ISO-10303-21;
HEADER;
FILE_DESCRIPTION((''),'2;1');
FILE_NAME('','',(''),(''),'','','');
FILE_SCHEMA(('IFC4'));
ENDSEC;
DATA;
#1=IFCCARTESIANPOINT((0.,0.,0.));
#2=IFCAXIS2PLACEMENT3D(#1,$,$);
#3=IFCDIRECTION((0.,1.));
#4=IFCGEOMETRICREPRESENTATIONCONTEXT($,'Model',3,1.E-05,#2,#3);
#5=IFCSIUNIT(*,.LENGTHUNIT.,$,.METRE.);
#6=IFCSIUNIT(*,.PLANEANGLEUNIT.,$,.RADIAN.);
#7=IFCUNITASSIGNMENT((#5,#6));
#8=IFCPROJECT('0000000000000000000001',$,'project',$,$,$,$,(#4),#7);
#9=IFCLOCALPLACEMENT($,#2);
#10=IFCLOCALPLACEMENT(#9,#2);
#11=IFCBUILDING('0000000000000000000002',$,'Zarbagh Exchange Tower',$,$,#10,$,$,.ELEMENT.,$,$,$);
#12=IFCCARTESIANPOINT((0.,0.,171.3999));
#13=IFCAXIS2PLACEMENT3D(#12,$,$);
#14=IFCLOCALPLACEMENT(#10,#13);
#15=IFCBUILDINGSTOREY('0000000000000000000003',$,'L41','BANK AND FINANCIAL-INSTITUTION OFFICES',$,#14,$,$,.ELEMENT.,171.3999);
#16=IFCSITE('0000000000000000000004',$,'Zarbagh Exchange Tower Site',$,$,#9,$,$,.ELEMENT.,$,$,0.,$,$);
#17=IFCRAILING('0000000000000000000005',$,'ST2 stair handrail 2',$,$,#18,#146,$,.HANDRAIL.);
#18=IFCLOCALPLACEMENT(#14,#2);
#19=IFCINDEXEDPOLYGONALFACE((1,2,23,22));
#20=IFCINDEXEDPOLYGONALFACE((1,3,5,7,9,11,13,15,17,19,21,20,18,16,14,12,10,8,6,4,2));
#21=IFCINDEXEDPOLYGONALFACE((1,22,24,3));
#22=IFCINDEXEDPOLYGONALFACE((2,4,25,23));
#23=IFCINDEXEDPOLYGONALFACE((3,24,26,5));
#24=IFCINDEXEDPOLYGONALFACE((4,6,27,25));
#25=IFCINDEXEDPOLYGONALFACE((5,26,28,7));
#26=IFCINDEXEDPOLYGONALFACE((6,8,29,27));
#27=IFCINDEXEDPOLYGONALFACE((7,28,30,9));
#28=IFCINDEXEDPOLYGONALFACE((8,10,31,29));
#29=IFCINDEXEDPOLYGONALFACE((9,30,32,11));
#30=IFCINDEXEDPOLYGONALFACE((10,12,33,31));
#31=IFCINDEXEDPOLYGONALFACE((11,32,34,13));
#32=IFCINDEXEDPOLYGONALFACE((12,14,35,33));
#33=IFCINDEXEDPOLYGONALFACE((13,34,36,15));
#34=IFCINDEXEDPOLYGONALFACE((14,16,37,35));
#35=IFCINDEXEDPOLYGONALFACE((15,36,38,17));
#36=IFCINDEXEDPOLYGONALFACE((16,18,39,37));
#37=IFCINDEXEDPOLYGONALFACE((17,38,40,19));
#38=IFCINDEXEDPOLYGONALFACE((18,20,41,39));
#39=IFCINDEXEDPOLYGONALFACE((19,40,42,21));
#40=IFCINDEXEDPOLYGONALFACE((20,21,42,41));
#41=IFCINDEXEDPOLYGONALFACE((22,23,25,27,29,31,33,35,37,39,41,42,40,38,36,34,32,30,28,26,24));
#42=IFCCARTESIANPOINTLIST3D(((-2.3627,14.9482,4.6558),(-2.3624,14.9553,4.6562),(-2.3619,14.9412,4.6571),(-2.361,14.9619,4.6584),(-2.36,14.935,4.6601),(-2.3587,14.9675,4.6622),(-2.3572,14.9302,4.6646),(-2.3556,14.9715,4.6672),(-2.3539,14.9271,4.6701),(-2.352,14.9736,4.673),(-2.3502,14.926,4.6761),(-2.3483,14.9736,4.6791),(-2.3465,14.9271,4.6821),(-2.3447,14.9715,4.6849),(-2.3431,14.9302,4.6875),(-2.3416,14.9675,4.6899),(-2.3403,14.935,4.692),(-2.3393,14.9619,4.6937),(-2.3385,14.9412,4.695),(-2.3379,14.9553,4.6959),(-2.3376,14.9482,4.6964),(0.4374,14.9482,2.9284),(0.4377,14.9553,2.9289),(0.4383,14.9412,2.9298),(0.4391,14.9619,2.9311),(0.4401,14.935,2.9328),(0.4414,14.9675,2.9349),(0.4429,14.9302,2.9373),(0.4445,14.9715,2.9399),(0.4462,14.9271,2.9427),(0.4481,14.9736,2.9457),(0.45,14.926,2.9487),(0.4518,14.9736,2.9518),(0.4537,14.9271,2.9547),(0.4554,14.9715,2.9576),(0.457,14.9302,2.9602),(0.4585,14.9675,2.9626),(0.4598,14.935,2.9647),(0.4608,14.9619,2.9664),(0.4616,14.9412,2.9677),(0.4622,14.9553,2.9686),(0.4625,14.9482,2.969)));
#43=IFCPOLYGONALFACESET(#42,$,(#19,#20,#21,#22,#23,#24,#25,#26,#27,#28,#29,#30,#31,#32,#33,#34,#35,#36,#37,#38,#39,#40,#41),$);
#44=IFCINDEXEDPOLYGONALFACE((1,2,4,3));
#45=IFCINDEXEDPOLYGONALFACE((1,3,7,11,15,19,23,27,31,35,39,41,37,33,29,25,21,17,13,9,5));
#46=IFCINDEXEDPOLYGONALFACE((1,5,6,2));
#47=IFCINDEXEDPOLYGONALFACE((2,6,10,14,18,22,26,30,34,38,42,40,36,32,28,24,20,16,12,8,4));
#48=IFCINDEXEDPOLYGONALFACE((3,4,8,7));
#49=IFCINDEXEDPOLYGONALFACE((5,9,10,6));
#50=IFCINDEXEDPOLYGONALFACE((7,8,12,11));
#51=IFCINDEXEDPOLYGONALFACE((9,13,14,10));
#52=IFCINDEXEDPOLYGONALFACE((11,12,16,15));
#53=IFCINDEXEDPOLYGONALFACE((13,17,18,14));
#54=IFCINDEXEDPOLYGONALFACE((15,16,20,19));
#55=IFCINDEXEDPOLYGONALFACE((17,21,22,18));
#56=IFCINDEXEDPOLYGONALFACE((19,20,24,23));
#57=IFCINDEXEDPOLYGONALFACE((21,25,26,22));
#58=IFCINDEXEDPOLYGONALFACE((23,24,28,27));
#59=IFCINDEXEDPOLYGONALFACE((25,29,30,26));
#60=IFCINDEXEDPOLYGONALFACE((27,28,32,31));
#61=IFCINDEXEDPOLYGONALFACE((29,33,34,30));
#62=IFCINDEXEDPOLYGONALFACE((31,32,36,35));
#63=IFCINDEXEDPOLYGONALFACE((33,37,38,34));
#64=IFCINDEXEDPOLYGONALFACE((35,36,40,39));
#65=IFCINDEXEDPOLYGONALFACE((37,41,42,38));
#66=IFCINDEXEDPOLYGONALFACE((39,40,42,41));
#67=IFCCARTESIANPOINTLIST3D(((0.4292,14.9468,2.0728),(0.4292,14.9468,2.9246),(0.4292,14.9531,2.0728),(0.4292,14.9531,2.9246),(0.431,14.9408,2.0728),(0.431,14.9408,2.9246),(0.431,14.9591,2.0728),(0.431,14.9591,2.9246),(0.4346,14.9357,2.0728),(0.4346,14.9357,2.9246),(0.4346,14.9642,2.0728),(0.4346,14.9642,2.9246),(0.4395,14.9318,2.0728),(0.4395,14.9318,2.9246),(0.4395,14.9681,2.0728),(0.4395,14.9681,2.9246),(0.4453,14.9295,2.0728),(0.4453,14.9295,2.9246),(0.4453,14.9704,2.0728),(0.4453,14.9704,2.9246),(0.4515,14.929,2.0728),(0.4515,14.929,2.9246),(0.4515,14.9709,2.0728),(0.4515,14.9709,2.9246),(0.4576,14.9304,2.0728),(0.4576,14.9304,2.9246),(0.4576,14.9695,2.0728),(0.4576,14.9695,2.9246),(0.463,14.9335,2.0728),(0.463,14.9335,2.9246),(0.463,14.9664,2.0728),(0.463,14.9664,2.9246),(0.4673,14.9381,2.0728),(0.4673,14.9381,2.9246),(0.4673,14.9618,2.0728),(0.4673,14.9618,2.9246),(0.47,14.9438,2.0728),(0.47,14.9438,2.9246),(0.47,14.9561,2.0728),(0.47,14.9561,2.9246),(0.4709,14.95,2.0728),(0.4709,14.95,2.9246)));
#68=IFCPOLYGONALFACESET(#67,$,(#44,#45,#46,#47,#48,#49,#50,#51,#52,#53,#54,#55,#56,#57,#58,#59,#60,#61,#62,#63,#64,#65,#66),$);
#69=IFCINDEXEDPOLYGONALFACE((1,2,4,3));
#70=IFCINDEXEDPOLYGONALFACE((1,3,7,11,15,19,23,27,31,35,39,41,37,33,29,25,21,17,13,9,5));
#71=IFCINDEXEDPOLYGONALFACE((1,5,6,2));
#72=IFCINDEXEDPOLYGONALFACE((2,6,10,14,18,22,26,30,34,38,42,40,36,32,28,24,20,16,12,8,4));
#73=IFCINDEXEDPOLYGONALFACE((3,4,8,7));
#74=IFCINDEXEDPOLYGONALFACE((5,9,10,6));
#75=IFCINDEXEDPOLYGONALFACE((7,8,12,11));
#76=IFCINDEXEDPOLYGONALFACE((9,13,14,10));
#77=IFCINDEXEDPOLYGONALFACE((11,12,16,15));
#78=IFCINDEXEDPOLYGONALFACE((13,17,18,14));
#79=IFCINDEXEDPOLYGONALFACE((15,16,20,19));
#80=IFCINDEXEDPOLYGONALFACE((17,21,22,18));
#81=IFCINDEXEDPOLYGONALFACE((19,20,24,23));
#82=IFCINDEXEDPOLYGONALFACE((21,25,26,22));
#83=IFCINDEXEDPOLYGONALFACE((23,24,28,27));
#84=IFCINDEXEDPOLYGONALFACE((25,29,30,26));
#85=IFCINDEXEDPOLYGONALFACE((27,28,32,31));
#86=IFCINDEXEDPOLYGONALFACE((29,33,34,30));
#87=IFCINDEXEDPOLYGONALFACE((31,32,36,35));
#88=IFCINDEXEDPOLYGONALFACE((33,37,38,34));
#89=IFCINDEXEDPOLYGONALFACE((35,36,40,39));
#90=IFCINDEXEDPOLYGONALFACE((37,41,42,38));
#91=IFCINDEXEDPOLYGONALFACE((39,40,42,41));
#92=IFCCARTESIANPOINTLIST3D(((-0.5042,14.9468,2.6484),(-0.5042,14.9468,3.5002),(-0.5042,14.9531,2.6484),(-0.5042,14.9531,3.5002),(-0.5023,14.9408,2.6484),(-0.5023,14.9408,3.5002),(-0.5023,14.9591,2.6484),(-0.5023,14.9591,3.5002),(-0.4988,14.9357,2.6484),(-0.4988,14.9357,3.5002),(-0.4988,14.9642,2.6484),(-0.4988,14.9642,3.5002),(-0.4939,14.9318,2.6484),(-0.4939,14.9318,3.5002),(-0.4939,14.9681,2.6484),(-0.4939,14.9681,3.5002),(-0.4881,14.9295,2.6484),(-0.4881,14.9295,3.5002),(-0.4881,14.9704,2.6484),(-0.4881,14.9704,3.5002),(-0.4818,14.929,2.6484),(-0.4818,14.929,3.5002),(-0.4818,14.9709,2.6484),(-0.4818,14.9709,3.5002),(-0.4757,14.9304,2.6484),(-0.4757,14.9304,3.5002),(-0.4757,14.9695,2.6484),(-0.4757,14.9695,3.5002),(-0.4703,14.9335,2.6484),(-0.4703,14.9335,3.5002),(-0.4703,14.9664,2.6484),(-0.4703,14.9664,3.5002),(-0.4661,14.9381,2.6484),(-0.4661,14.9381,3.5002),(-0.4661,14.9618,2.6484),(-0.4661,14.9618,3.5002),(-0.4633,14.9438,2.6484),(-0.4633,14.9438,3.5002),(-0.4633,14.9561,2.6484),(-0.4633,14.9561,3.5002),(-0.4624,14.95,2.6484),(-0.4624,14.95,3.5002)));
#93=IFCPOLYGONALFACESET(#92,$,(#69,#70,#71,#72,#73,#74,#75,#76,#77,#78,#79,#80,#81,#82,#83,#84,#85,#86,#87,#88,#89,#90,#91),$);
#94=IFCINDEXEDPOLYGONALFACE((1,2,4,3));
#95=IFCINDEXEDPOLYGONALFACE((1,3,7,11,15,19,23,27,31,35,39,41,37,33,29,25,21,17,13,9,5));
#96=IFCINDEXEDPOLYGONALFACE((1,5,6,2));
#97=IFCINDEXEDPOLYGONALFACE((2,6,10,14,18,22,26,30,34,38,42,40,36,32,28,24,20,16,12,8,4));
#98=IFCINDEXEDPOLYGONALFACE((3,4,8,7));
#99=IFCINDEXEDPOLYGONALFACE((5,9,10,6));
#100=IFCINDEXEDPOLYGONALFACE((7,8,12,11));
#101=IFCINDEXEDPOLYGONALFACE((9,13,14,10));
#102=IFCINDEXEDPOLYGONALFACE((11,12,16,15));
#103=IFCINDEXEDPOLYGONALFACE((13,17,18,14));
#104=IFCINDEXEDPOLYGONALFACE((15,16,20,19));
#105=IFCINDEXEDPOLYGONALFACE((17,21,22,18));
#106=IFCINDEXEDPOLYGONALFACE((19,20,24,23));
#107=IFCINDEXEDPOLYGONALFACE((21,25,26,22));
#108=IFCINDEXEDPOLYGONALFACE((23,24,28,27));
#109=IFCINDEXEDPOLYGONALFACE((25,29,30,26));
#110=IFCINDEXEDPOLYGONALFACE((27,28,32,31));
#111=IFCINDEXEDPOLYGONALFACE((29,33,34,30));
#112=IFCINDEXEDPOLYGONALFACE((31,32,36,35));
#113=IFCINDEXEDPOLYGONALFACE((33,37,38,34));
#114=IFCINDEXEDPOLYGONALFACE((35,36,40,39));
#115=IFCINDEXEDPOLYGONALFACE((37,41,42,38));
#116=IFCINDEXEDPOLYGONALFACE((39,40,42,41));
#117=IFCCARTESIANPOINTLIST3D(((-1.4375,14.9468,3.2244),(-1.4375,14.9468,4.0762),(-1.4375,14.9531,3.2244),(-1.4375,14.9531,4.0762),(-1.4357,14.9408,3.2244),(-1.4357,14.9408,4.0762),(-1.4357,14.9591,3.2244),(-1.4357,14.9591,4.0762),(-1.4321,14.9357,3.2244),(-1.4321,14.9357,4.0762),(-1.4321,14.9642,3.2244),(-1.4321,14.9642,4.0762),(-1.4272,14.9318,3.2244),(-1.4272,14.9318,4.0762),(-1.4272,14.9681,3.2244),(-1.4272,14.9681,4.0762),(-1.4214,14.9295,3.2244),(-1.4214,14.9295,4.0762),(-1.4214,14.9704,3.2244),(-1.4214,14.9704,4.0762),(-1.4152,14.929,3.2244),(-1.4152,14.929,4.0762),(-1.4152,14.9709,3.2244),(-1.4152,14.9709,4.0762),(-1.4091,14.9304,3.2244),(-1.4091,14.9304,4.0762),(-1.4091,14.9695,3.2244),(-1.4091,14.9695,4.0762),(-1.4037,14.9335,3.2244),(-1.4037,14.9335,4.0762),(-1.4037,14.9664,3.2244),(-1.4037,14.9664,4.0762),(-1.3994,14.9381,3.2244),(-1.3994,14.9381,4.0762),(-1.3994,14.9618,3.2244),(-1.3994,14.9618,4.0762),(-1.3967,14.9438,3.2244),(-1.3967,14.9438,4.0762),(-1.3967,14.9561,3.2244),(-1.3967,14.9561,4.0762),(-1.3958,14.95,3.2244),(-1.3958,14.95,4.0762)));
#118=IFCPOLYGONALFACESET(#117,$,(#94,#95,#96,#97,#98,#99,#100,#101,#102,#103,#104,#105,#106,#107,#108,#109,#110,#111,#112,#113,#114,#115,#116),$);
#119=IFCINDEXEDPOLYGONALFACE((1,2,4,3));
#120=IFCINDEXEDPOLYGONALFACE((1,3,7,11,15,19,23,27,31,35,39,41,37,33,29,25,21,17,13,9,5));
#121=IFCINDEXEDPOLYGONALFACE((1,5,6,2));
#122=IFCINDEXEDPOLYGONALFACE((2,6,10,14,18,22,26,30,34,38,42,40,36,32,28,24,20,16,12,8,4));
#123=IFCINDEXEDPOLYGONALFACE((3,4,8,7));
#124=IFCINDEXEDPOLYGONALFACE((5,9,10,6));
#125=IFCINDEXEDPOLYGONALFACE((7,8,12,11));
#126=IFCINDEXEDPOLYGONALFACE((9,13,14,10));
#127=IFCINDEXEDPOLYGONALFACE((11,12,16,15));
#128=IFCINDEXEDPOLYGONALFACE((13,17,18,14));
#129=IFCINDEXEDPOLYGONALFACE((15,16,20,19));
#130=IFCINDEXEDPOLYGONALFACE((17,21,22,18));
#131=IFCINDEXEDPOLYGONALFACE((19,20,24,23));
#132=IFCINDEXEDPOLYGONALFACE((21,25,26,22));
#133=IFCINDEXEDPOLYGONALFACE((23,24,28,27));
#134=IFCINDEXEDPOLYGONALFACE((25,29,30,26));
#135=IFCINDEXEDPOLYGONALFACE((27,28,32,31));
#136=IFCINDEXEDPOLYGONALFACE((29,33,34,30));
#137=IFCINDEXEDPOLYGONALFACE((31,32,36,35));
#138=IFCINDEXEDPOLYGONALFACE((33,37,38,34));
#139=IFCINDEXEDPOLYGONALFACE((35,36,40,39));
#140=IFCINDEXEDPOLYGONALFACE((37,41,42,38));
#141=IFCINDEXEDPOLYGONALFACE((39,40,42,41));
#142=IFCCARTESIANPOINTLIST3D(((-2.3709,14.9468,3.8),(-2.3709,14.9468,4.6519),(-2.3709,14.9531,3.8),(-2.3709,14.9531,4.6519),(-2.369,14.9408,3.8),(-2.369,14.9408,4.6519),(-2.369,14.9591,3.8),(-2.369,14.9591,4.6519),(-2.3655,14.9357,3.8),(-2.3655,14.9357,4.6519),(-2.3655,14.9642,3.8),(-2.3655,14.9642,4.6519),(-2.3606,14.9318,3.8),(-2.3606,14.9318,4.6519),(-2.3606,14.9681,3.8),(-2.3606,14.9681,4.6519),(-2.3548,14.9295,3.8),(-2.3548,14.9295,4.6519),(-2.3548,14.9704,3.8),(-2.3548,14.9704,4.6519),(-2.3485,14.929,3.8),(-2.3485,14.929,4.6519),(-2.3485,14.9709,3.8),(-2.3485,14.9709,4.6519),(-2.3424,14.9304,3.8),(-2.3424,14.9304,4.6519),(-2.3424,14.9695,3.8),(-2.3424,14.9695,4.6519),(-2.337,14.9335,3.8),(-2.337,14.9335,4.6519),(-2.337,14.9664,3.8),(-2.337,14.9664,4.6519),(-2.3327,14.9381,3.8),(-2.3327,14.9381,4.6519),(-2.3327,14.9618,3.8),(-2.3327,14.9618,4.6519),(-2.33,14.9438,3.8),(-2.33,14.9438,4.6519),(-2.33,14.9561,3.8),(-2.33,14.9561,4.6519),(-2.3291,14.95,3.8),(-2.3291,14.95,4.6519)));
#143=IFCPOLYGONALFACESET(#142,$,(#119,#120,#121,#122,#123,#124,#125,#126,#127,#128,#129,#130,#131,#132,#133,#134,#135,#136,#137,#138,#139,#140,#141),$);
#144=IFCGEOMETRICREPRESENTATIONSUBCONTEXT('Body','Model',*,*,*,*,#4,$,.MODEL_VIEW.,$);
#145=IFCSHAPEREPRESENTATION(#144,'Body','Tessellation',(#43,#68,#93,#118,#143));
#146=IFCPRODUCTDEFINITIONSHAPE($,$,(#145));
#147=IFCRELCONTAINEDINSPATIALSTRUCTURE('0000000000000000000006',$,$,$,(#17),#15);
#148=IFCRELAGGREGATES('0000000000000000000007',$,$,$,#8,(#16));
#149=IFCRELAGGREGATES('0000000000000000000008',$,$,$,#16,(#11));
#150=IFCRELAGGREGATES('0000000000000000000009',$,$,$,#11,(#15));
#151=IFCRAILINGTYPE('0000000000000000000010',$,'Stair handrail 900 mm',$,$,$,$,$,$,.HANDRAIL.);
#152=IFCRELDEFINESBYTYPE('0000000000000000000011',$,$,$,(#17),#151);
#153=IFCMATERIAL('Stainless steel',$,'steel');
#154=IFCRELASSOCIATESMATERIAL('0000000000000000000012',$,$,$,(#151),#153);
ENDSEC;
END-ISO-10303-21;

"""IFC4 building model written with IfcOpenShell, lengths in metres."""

from ifc_helpers import new_model, si_unit, direction, frame, origin, origin_2d, place, context, subcontext, project, spatial, circle, extrude, material, type_object, element, save


model = new_model("IFC4")

# Units and contexts
model_context = context("Model", 3, precision=1e-05, world=origin(), true_north=direction((0.0, 1.0)))
body_context = subcontext(model_context, "Body", "Model", "MODEL_VIEW")
ifc_project = project(units=[si_unit("LENGTHUNIT", "METRE"), si_unit("PLANEANGLEUNIT", "RADIAN")], contexts=[model_context])

# Site, building, storey
site_placement = place(None, origin())
site = spatial("IfcSite", under=ifc_project, at=site_placement, Name="Zarbagh Exchange Tower Site", CompositionType="ELEMENT", RefElevation=0.0)
building_placement = place(site_placement, origin())
building = spatial("IfcBuilding", under=site, at=building_placement, Name="Zarbagh Exchange Tower", CompositionType="ELEMENT")
storey_placement = place(building_placement, frame((0.0, 0.0, 171.3999)))
storey = spatial("IfcBuildingStorey", under=building, at=storey_placement, Name="L41", Description="BANK AND FINANCIAL-INSTITUTION OFFICES", CompositionType="ELEMENT", Elevation=171.3999)

# Railing
ifc_material_1 = material(Name="Stainless steel", Category="steel")
railing_type = type_object("IfcRailingType", Name="Stair handrail 900 mm", PredefinedType="HANDRAIL", material=ifc_material_1)
railing_placement = place(storey_placement, frame((0.45, 14.95, 2.0728)))
element("IfcRailing", 1, at=railing_placement, inside=storey, type_object=railing_type, Name="ST2 stair handrail 2", PredefinedType="HANDRAIL", context=body_context, shape_type="SweptSolid", body=[
    extrude(circle(Radius=0.0239, at=origin_2d()), frame((0.0, 0.0, 0.876), z_axis=(-0.85109, 0.0, 0.52502), x_axis=(0.0, -1.0, 0.0)), (0.0, 0.0, 1.0), 3.29),
    extrude(circle(Radius=0.021, at=origin_2d()), origin(), (0.0, 0.0, 1.0), 0.8518),
    extrude(circle(Radius=0.021, at=origin_2d()), frame((-0.9333, 0.0, 0.5757)), (0.0, 0.0, 1.0), 0.8518),
    extrude(circle(Radius=0.021, at=origin_2d()), frame((-1.8667, 0.0, 1.1516)), (0.0, 0.0, 1.0), 0.8518),
    extrude(circle(Radius=0.021, at=origin_2d()), frame((-2.8, 0.0, 1.7273)), (0.0, 0.0, 1.0), 0.8518),
])

save(model, "model.ifc")
